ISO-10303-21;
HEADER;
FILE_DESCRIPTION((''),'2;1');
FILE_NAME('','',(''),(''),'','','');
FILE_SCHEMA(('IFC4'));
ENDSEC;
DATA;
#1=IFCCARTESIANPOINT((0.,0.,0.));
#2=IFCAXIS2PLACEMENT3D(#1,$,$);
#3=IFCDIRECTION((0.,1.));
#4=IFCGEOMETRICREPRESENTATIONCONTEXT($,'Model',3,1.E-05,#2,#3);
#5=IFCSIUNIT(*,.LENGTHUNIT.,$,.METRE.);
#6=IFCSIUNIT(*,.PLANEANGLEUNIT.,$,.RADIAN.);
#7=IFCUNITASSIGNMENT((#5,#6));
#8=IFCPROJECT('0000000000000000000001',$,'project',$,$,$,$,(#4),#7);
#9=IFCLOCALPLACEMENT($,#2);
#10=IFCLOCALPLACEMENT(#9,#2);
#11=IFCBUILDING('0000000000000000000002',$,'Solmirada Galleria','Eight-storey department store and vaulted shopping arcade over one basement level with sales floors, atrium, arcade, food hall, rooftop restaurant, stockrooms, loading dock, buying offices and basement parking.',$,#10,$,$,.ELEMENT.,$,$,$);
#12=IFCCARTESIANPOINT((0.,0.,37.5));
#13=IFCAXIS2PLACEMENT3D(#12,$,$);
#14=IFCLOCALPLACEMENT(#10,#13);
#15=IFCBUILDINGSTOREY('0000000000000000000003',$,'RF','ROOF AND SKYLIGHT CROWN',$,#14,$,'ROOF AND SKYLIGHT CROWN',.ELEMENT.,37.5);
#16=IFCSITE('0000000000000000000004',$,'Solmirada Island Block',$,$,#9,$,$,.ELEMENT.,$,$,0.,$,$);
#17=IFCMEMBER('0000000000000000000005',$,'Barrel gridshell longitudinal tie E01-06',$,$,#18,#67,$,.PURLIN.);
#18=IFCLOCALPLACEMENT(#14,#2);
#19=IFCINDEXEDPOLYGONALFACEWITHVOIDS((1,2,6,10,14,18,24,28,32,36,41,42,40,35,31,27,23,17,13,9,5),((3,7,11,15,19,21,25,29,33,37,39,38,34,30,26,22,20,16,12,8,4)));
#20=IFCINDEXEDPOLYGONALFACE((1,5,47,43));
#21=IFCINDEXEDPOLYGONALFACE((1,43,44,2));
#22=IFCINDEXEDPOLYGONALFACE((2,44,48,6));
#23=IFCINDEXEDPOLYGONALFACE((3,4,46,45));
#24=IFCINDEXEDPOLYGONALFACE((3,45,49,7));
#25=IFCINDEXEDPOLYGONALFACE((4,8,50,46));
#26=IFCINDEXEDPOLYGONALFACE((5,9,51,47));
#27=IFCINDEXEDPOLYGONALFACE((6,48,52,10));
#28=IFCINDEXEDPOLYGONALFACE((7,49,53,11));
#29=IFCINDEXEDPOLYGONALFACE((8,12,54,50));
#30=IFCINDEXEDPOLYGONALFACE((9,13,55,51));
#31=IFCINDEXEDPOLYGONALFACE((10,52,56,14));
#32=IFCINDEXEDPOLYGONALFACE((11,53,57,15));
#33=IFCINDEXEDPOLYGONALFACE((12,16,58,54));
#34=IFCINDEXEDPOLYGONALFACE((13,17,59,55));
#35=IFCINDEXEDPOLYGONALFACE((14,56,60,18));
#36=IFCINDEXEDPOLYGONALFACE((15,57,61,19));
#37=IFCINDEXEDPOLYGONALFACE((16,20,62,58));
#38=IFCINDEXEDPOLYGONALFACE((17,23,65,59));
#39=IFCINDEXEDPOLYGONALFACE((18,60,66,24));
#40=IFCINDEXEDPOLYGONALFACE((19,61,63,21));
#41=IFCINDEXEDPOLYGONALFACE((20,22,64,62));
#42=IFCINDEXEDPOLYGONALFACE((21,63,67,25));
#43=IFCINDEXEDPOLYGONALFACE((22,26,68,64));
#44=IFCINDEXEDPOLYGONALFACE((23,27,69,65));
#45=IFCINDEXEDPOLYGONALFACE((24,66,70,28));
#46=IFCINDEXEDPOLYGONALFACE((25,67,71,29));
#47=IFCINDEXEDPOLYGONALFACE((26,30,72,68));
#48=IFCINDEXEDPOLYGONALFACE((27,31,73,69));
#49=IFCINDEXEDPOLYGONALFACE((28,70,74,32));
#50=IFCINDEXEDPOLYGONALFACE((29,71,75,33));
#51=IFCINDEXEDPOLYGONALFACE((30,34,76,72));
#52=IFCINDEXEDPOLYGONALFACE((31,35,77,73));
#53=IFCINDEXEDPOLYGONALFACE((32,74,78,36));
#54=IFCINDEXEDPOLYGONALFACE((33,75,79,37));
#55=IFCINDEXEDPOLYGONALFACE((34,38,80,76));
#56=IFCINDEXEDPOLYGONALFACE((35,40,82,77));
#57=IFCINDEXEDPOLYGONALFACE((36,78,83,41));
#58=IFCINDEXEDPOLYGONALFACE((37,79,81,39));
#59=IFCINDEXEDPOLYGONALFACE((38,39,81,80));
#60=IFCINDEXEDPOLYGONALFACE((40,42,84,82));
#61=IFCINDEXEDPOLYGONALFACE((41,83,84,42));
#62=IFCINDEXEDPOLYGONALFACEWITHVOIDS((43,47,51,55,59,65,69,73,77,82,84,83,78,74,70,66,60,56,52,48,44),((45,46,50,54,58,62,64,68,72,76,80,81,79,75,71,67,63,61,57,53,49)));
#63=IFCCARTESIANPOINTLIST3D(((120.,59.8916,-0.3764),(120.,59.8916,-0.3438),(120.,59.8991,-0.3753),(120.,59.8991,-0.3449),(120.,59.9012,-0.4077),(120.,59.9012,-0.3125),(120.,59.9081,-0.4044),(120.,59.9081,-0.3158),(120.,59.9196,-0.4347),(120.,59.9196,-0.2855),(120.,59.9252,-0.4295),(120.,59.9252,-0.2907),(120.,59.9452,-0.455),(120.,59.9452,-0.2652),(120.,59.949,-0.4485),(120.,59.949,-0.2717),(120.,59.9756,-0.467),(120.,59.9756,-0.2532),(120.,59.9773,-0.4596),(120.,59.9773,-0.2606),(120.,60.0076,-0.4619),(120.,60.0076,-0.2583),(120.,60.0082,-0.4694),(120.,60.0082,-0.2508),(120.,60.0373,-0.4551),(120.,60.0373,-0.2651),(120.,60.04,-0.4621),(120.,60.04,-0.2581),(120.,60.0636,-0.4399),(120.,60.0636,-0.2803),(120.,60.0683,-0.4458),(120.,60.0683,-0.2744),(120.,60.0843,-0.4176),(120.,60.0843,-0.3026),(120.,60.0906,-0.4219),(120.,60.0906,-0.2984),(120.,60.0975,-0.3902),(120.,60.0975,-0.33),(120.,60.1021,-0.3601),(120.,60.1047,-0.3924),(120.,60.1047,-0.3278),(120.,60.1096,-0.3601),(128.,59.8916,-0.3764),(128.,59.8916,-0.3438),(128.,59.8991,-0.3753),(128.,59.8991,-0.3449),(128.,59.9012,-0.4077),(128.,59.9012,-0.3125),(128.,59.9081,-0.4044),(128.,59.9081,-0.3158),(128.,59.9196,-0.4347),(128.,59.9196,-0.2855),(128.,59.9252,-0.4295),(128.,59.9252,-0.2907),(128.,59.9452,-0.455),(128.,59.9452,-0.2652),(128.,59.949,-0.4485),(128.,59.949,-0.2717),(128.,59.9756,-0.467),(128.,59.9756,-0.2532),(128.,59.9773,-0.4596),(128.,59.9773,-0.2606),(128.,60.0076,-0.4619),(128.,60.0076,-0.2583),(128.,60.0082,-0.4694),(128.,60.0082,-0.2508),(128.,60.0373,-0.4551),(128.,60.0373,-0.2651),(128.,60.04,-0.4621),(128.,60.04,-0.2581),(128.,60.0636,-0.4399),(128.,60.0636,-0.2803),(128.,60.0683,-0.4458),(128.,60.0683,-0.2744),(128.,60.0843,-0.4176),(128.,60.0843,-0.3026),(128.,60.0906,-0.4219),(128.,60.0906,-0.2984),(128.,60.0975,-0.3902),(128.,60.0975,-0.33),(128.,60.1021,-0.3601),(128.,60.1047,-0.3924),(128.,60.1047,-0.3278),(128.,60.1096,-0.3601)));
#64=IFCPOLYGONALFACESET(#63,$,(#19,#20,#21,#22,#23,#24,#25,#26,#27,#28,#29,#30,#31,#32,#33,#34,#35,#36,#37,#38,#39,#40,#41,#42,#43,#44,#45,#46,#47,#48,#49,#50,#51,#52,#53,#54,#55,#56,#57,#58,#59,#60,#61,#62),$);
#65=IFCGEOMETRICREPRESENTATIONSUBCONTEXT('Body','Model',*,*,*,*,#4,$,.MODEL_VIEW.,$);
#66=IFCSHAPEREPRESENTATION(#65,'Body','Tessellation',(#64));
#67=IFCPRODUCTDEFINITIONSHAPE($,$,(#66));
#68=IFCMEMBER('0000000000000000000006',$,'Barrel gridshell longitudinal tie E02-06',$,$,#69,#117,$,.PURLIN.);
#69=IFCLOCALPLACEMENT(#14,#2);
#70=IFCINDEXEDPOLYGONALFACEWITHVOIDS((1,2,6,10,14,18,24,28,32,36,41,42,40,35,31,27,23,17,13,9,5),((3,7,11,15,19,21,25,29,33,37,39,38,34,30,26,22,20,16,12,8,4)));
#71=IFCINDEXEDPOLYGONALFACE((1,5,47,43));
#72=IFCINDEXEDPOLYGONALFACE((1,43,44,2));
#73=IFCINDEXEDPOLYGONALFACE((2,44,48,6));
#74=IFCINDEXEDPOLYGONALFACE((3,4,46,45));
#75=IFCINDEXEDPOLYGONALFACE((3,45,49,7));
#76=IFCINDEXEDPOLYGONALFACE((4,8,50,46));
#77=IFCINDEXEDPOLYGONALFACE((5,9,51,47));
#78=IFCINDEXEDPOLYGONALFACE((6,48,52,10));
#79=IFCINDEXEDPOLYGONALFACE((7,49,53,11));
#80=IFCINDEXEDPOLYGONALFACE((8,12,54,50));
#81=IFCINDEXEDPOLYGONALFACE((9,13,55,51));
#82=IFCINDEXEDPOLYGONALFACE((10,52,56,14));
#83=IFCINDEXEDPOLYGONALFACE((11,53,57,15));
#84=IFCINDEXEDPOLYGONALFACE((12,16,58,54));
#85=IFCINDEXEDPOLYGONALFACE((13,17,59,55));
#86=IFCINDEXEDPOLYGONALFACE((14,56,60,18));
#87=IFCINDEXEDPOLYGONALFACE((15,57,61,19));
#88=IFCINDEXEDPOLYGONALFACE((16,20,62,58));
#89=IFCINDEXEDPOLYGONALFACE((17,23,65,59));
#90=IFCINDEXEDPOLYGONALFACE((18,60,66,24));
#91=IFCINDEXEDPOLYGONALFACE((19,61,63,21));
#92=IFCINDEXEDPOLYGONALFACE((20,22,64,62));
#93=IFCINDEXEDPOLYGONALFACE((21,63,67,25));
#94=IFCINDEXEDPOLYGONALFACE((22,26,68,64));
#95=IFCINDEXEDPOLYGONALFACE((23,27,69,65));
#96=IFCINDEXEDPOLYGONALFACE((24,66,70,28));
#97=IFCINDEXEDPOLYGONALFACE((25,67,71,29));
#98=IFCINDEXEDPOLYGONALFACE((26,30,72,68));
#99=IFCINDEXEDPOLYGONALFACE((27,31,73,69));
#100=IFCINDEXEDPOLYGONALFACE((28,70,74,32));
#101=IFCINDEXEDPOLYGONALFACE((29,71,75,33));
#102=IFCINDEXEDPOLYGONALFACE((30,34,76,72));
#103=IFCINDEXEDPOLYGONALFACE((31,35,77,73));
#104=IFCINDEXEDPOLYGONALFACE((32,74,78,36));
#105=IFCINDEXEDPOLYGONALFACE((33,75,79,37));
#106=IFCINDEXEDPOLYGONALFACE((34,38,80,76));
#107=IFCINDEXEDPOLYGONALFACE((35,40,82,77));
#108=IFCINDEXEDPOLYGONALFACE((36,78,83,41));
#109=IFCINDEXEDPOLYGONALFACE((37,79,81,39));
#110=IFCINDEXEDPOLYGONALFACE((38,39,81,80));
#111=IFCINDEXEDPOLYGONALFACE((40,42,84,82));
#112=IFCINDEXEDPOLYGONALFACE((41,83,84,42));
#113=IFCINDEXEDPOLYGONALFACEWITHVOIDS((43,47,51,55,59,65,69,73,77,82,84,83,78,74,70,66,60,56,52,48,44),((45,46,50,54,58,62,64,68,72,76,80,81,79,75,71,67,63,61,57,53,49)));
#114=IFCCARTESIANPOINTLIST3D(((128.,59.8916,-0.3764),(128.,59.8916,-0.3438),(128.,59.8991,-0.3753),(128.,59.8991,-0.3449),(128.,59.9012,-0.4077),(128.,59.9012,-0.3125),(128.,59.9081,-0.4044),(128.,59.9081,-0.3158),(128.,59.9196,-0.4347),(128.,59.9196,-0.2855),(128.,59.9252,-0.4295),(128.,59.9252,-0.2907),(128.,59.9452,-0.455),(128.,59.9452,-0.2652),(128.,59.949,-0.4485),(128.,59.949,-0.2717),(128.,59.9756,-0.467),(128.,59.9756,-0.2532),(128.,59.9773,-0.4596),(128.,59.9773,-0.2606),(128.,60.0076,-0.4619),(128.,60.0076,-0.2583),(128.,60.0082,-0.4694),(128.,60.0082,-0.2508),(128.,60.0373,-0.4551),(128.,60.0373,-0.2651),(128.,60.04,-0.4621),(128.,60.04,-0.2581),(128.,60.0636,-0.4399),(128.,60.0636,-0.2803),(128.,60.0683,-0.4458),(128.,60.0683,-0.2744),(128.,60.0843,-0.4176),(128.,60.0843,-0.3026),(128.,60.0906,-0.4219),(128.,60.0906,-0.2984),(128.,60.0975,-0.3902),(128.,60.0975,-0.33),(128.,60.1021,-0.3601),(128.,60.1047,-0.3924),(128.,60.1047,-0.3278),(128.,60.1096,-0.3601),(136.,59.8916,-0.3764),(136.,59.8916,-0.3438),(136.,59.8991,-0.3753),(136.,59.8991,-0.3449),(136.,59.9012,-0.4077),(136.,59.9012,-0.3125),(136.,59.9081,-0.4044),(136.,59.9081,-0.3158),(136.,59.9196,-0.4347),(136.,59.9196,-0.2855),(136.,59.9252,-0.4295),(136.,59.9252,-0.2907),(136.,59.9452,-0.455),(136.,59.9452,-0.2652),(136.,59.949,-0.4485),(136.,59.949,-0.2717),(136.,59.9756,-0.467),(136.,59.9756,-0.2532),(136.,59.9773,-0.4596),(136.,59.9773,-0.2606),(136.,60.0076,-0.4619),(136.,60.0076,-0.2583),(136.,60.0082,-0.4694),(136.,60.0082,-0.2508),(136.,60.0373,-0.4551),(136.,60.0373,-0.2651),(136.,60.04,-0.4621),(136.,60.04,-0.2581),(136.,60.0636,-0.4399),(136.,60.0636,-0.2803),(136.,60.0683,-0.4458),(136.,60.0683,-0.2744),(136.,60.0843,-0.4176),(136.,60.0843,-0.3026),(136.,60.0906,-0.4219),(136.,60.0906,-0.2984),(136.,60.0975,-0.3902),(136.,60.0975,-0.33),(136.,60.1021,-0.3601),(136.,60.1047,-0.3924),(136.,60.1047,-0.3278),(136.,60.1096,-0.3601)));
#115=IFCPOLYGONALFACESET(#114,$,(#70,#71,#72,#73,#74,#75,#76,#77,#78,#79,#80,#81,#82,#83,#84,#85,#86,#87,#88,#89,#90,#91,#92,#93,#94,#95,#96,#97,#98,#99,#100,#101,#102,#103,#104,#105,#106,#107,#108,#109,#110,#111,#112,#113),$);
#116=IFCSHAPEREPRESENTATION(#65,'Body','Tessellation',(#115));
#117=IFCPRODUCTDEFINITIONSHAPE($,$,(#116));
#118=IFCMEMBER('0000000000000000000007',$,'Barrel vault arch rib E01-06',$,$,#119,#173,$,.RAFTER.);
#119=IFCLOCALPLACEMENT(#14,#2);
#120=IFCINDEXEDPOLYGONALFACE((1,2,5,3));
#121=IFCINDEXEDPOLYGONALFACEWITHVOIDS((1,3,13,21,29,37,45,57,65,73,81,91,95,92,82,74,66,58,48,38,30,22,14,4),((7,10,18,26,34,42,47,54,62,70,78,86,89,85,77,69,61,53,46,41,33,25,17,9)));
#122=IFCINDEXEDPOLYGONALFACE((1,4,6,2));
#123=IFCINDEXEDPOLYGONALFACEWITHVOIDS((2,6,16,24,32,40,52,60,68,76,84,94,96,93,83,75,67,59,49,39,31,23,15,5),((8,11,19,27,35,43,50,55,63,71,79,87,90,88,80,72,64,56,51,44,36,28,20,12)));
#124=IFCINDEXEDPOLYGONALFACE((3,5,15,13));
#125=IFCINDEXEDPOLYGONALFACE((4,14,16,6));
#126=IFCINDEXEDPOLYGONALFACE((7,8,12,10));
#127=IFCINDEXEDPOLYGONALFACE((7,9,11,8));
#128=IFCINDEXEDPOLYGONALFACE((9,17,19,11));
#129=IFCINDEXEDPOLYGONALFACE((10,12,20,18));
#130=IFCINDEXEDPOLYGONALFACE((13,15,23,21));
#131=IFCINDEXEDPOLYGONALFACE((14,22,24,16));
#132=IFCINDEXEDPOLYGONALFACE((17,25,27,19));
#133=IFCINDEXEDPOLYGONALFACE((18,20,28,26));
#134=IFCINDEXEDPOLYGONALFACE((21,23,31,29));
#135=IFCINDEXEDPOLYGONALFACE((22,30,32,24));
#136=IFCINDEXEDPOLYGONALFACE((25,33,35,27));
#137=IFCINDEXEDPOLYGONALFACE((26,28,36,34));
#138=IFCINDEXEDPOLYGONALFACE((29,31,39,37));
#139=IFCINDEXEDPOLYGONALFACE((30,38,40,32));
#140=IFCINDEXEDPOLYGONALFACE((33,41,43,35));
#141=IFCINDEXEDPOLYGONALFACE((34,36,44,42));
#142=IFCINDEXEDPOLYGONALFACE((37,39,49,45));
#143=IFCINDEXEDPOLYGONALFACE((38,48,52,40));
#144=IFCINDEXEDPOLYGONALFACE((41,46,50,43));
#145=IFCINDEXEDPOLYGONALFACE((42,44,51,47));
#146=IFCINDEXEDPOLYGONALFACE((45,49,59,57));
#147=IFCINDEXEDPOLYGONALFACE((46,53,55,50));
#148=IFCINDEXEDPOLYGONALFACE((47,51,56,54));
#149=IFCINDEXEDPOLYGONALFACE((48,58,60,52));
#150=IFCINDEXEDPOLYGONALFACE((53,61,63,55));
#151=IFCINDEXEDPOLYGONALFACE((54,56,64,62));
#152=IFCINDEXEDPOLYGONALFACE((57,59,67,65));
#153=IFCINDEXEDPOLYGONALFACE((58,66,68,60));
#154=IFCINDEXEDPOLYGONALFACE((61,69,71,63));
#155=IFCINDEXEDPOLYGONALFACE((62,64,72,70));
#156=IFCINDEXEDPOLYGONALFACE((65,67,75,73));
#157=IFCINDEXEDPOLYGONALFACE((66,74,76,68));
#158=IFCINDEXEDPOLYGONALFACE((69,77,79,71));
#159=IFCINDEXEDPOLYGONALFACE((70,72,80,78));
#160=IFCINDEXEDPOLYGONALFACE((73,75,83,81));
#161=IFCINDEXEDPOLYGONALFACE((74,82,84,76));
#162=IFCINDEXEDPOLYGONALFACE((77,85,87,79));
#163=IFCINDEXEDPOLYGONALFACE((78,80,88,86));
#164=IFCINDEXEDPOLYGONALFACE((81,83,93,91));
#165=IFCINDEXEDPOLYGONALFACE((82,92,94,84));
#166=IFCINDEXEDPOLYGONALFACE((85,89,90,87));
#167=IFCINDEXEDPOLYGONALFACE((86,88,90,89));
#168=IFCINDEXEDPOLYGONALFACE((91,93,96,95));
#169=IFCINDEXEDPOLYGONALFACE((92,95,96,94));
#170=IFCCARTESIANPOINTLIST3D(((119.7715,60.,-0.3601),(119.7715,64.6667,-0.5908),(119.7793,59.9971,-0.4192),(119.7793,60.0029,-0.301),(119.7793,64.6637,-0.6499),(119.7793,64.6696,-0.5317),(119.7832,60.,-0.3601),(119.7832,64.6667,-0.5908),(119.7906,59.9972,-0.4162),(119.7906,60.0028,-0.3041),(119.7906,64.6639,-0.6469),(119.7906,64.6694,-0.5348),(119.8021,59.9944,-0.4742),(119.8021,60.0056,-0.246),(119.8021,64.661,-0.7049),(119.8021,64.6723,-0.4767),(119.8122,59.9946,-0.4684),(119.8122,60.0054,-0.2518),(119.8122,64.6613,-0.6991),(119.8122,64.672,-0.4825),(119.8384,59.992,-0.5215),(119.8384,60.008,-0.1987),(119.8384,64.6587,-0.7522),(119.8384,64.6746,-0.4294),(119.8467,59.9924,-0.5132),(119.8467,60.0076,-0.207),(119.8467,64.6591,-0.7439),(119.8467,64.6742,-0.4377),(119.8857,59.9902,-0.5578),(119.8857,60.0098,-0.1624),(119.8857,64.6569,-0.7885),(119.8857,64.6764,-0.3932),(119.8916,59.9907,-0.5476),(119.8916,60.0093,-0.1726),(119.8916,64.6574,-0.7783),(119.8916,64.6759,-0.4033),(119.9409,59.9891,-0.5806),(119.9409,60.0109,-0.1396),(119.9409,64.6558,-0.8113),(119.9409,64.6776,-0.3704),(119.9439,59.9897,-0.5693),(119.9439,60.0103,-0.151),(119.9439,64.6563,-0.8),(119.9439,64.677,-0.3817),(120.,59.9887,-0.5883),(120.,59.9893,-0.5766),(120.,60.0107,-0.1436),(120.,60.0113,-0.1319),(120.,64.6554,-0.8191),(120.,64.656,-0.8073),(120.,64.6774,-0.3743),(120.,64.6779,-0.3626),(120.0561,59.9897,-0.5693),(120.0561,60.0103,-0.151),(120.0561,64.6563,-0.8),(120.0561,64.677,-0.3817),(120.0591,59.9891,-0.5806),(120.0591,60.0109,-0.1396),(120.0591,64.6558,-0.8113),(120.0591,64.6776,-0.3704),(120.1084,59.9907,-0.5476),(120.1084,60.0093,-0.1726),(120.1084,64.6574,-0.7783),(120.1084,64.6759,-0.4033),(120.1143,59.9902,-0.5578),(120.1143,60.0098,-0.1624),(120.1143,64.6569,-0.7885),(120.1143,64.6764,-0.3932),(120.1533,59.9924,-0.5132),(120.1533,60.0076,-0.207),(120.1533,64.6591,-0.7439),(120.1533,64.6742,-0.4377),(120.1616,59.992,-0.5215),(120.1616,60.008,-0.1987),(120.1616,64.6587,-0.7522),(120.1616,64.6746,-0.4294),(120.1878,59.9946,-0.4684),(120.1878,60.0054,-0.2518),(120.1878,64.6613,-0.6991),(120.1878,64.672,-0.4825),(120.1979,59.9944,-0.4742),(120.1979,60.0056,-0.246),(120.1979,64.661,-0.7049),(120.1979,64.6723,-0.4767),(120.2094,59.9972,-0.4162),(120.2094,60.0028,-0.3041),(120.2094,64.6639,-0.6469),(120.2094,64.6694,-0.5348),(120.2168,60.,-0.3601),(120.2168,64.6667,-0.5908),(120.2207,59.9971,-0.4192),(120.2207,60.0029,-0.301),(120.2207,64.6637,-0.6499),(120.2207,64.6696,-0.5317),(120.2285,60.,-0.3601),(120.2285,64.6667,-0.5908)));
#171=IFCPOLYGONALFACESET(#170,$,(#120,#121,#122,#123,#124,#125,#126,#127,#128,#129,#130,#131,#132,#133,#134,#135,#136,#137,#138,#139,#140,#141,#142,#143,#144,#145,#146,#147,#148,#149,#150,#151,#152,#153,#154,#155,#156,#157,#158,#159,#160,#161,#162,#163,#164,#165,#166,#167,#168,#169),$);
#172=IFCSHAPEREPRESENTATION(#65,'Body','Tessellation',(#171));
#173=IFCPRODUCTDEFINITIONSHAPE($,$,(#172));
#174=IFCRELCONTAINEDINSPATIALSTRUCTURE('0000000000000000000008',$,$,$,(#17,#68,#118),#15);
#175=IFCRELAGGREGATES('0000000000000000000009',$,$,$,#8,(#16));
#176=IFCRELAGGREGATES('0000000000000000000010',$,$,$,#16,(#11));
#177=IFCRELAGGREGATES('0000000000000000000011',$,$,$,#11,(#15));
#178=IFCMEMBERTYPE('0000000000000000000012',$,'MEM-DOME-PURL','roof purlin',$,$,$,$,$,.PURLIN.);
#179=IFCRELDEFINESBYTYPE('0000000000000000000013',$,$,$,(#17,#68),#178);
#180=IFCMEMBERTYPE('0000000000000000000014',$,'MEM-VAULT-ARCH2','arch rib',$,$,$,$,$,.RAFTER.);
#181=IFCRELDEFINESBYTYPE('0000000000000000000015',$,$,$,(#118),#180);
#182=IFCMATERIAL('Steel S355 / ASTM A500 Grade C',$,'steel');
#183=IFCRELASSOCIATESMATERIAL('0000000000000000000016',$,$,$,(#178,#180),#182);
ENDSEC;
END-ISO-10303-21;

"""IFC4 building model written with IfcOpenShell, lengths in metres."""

from ifc_helpers import new_model, si_unit, direction, frame, origin, origin_2d, place, context, subcontext, project, spatial, hollow_circle, extrude, material, material_profile, profile_set, type_object, element, save


model = new_model("IFC4")

# Units and contexts
model_context = context("Model", 3, precision=1e-05, world=origin(), true_north=direction((0.0, 1.0)))
body_context = subcontext(model_context, "Body", "Model", "MODEL_VIEW")
ifc_project = project(units=[si_unit("LENGTHUNIT", "METRE"), si_unit("PLANEANGLEUNIT", "RADIAN")], contexts=[model_context])

# Site, building, storey
site_placement = place(None, origin())
site = spatial("IfcSite", under=ifc_project, at=site_placement, Name="Solmirada Island Block", CompositionType="ELEMENT", RefElevation=0.0)
building_placement = place(site_placement, origin())
building = spatial("IfcBuilding", under=site, at=building_placement, Name="Solmirada Galleria", Description="Eight-storey department store and vaulted shopping arcade over one basement level with sales floors, atrium, arcade, food hall, rooftop restaurant, stockrooms, loading dock, buying offices and basement parking.", CompositionType="ELEMENT")
storey_placement = place(building_placement, frame((0.0, 0.0, 37.5)))
storey = spatial("IfcBuildingStorey", under=building, at=storey_placement, Name="RF", Description="ROOF AND SKYLIGHT CROWN", LongName="ROOF AND SKYLIGHT CROWN", CompositionType="ELEMENT", Elevation=37.5)

# Members
ifc_material_1 = material(Name="Steel S355 / ASTM A500 Grade C", Category="steel")
ifc_material_profile_1 = material_profile(ifc_material_1, hollow_circle(Radius=0.1096, WallThickness=0.0076, at=origin_2d()), Name="HSS8.625X0.322")
ifc_profile_set_1 = profile_set([ifc_material_profile_1], Name="Steel S355 / ASTM A500 Grade C")
member_type_1 = type_object("IfcMemberType", Name="MEM-DOME-PURL", Description="roof purlin", PredefinedType="PURLIN", material=ifc_profile_set_1)
for number, where, z_axis, x_axis, name in (
    (1, (120.0, 60.0, -0.3601), (1.0, 0.0, 0.0), (0.0, 1.0, 0.0), "Barrel gridshell longitudinal tie E01-06"),
    (2, (128.0, 60.0, -0.3601), (1.0, 0.0, 0.0), (0.0, 1.0, 0.0), "Barrel gridshell longitudinal tie E02-06"),
):
    element("IfcMember", number, at=place(storey_placement, frame(where, z_axis=z_axis, x_axis=x_axis)), inside=storey, type_object=member_type_1, Name=name, PredefinedType="PURLIN", context=body_context, shape_type="SweptSolid", body=[
        extrude(hollow_circle(Radius=0.1096, WallThickness=0.0076, at=origin_2d()), origin(), (0.0, 0.0, 1.0), 8.0),
    ])
ifc_material_profile_2 = material_profile(ifc_material_1, hollow_circle(Radius=0.2285, WallThickness=0.0117, at=origin_2d()), Name="HSS18.000X0.500")
ifc_profile_set_2 = profile_set([ifc_material_profile_2], Name="Steel S355 / ASTM A500 Grade C")
member_type_2 = type_object("IfcMemberType", Name="MEM-VAULT-ARCH2", Description="arch rib", PredefinedType="RAFTER", material=ifc_profile_set_2)
member_1_placement = place(storey_placement, frame((120.0, 60.0, -0.3601), z_axis=(0.0, 0.99878, -0.049377), x_axis=(-1.0, 0.0, 0.0)))
element("IfcMember", 3, at=member_1_placement, inside=storey, type_object=member_type_2, Name="Barrel vault arch rib E01-06", PredefinedType="RAFTER", context=body_context, shape_type="SweptSolid", body=[
    extrude(hollow_circle(Radius=0.2285, WallThickness=0.0117, at=origin_2d()), origin(), (0.0, 0.0, 1.0), 4.6724),
])

save(model, "model.ifc")
